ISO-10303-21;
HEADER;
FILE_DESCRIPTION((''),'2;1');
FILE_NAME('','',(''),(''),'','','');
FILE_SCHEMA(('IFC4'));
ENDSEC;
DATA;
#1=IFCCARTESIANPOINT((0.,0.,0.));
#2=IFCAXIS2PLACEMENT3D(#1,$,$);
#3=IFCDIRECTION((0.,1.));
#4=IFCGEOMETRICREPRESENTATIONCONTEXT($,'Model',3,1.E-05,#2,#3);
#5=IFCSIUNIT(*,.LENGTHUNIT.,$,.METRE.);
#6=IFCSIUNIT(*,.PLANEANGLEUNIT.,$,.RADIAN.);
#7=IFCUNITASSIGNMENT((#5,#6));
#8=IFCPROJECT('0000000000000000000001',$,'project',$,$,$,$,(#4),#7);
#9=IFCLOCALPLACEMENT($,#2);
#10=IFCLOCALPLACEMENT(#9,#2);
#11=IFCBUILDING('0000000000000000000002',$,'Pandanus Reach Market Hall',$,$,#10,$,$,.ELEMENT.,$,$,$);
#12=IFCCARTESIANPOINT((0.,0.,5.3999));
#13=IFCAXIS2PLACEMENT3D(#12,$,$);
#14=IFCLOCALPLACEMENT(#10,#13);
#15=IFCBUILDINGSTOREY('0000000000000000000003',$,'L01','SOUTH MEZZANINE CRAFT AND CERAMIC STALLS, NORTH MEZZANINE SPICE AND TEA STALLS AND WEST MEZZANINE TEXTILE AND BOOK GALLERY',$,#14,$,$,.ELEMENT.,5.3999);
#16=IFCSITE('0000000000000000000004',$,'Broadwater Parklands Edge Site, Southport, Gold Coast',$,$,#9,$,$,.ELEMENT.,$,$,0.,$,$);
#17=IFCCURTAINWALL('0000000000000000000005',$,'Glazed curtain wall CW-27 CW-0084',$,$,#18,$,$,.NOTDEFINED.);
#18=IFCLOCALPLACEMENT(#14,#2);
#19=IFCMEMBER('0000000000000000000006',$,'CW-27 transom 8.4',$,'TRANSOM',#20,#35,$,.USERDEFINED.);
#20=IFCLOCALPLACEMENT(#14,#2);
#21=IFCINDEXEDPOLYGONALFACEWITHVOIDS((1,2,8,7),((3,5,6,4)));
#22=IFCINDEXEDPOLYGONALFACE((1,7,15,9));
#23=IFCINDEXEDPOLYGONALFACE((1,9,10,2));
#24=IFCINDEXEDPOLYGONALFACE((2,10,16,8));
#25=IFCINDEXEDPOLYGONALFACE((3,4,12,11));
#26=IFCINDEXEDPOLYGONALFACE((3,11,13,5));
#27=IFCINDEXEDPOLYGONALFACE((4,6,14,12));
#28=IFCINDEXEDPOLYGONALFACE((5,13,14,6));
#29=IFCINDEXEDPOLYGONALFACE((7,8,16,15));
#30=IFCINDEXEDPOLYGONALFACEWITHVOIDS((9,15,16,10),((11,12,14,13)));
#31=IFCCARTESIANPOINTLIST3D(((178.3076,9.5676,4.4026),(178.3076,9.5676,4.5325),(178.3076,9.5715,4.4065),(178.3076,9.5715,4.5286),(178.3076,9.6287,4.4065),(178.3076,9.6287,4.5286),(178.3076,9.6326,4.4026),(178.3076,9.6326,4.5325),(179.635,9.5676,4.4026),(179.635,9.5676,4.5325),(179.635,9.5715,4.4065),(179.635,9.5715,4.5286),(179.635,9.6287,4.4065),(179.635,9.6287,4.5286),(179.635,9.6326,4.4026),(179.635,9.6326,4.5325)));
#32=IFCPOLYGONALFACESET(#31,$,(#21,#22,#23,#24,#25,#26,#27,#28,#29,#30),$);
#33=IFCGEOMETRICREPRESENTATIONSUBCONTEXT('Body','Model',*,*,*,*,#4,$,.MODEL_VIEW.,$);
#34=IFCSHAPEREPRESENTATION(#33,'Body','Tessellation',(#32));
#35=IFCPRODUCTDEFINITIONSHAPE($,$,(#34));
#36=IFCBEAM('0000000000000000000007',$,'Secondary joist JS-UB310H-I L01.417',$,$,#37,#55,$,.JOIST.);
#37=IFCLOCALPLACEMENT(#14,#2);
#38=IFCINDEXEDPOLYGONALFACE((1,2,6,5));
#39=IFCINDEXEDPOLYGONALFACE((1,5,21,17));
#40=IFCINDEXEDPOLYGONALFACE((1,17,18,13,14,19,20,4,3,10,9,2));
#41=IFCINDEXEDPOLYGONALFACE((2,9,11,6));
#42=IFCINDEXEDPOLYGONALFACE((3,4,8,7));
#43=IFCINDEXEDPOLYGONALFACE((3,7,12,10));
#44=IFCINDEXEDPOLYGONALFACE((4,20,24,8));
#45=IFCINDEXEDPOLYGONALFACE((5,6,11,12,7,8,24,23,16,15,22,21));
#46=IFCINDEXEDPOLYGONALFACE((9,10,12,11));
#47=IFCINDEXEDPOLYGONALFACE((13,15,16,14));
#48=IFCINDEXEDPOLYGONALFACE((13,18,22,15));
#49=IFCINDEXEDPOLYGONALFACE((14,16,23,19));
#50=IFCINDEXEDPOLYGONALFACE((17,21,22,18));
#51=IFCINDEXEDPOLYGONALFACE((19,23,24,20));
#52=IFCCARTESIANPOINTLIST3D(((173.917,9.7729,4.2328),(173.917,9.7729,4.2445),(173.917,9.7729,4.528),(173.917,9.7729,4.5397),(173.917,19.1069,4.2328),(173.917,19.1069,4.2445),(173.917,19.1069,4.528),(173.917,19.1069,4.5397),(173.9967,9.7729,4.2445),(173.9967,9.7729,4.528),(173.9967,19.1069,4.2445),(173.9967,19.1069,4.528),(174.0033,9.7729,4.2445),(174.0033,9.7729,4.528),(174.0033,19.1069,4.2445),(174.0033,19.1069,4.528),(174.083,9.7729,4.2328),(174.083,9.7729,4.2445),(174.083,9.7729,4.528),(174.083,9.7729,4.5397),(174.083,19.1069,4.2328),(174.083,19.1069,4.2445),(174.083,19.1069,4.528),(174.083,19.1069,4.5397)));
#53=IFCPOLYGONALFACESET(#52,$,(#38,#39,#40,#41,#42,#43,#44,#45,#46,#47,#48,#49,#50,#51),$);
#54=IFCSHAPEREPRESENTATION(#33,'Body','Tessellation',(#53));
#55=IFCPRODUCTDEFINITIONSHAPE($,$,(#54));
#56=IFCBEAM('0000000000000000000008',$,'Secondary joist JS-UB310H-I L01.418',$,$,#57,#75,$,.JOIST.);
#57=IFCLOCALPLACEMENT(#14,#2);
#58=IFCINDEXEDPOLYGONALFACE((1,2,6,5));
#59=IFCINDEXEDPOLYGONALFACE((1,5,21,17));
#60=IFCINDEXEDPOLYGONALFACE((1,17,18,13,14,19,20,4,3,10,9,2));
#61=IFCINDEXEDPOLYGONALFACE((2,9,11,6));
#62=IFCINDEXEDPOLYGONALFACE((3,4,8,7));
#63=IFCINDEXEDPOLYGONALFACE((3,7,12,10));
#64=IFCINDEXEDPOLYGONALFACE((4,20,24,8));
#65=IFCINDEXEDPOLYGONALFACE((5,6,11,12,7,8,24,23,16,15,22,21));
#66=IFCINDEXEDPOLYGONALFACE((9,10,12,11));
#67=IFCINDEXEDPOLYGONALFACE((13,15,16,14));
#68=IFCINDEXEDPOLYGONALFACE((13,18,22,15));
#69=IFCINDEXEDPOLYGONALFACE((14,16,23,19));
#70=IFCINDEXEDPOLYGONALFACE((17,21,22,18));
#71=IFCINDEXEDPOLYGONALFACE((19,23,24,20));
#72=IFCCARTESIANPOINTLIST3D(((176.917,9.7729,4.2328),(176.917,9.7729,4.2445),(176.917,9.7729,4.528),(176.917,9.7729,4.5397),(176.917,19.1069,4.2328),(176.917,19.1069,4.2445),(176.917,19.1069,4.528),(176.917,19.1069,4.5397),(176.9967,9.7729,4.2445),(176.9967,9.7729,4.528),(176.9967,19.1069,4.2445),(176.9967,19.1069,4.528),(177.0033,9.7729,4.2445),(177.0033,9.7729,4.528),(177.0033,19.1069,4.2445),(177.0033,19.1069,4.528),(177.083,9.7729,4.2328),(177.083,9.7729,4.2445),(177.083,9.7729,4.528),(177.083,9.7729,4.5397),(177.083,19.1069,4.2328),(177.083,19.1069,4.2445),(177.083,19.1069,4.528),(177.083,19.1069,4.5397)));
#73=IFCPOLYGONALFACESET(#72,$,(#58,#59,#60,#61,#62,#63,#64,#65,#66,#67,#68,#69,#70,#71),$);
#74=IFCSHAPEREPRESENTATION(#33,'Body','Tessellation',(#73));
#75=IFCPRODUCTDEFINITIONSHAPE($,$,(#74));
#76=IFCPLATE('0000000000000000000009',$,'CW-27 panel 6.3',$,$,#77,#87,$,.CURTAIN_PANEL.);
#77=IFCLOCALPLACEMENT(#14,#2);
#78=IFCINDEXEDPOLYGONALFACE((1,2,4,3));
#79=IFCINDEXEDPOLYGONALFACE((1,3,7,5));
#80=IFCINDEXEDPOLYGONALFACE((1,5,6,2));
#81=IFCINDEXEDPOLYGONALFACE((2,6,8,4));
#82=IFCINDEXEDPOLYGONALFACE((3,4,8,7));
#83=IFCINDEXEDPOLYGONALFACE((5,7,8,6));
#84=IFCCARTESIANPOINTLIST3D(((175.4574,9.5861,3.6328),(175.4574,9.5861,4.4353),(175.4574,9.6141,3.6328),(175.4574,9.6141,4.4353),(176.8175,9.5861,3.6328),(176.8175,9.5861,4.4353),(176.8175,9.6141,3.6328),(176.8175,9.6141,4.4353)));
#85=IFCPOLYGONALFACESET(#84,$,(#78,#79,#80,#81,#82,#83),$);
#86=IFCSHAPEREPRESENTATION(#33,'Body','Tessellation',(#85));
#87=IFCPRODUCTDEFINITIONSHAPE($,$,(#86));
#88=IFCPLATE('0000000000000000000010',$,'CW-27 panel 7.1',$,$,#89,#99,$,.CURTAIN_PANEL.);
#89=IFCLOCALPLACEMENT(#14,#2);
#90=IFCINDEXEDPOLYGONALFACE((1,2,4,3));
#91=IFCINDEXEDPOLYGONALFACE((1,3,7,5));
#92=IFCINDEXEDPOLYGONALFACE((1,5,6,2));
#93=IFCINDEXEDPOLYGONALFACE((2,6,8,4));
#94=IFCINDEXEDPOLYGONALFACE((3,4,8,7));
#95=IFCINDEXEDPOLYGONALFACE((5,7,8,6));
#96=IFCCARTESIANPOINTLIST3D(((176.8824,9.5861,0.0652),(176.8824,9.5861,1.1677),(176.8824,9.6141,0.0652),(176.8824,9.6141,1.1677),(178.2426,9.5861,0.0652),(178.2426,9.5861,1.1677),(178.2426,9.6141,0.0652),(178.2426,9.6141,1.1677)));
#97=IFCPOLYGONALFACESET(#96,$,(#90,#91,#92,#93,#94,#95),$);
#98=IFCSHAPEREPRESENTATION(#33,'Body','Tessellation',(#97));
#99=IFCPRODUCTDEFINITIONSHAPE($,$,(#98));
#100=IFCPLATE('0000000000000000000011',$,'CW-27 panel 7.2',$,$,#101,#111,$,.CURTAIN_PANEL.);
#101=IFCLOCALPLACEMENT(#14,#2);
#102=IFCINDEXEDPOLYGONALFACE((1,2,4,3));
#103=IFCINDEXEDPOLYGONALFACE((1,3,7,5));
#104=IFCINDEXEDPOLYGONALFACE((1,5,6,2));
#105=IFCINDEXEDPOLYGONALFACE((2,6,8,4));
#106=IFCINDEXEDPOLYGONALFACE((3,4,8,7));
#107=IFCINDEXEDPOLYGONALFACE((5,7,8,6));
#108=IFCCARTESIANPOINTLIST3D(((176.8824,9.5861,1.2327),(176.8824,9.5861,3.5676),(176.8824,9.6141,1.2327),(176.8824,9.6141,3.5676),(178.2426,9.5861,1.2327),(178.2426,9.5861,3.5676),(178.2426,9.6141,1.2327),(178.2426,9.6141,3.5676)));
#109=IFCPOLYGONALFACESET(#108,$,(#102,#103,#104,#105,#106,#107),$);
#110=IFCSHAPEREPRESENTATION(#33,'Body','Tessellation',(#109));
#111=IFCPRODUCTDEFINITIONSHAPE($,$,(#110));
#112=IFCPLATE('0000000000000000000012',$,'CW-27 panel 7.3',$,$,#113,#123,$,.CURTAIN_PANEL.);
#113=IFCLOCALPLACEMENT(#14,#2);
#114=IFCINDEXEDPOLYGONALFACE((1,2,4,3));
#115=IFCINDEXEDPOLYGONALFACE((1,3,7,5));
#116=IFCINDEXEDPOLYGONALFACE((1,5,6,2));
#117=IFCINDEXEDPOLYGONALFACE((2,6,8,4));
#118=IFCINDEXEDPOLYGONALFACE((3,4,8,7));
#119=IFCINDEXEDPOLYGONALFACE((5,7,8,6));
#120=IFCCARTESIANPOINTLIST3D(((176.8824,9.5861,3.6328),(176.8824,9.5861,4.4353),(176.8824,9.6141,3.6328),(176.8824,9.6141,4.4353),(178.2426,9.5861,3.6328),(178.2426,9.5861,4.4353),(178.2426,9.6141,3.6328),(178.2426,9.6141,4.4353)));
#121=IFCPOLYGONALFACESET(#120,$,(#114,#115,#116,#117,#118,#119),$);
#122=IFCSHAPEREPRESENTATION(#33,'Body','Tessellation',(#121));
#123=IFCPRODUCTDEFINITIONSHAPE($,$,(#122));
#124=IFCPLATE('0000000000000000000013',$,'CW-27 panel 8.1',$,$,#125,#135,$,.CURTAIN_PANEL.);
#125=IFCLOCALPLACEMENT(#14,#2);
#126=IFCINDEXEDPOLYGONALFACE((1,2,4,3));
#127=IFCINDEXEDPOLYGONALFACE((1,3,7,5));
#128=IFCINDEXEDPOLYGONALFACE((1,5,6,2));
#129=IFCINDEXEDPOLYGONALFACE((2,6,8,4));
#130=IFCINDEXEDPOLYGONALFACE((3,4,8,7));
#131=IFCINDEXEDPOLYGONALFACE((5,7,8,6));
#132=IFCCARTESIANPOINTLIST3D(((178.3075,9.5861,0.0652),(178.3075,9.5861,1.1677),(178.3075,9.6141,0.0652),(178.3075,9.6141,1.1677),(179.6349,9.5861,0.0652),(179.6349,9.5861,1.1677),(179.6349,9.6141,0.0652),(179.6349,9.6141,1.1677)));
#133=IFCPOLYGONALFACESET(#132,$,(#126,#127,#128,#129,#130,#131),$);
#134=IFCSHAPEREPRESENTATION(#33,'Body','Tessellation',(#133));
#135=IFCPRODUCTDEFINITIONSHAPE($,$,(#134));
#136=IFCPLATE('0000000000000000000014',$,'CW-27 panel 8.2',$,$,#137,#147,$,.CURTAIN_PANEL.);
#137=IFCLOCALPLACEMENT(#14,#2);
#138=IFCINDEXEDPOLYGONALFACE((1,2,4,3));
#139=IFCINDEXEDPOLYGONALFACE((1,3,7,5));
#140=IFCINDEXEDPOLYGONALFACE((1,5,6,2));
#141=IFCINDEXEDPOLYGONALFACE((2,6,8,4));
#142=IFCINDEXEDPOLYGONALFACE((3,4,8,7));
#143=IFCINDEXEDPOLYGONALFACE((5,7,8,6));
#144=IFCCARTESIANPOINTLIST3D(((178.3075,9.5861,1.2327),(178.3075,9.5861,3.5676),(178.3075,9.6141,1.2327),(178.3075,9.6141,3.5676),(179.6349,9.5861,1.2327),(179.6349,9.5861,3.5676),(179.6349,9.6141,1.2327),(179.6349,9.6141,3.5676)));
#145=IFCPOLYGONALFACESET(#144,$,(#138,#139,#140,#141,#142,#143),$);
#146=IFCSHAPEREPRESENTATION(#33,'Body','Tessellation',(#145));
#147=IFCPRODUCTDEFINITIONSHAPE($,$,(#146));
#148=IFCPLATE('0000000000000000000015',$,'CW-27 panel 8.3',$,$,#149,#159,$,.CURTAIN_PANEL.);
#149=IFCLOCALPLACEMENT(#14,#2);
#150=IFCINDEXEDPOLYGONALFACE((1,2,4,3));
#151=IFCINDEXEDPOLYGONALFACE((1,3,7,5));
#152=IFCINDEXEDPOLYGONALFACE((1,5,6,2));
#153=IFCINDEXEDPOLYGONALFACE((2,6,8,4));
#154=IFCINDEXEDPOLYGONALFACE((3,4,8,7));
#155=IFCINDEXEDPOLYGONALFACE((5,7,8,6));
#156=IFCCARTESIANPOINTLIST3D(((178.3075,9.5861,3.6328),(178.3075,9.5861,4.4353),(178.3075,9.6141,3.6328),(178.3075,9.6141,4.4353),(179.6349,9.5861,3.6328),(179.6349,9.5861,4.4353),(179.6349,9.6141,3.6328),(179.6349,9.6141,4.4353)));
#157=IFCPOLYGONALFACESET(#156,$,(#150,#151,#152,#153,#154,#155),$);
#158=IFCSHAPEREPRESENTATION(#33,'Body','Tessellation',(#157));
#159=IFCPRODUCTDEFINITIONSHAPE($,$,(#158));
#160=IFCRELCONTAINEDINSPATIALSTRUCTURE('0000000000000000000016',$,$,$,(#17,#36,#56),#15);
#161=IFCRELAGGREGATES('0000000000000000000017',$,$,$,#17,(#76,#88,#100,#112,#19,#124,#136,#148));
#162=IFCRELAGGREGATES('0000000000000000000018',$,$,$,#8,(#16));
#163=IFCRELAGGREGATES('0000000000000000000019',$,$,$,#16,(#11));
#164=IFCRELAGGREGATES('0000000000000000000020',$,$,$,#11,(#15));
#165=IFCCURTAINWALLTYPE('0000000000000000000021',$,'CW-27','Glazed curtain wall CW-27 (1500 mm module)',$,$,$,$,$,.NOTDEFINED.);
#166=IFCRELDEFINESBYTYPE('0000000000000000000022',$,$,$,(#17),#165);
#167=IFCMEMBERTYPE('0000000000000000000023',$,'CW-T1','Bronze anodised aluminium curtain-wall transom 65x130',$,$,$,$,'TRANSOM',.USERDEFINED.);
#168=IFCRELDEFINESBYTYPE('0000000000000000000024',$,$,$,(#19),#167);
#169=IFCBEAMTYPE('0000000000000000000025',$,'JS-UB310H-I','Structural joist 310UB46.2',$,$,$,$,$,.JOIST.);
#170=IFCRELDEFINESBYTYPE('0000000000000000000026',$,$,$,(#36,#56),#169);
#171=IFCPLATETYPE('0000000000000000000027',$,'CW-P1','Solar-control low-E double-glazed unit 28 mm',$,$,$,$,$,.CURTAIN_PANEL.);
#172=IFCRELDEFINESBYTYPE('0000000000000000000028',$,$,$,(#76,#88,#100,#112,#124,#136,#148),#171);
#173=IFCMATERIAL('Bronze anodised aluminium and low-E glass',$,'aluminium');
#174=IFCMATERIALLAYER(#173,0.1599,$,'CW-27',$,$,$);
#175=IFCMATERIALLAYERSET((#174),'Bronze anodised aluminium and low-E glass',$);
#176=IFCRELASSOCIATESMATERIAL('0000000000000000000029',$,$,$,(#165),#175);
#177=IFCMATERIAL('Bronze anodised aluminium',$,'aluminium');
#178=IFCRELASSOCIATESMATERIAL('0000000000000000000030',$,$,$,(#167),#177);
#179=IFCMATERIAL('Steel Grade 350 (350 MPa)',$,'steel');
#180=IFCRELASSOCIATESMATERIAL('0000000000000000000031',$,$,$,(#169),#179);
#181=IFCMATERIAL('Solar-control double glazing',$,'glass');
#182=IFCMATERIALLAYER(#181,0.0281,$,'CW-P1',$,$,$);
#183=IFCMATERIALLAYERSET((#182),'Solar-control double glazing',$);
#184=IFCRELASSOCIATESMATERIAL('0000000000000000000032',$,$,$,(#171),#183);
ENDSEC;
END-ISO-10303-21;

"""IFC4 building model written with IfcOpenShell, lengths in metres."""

from ifc_helpers import new_model, si_unit, direction, frame, origin, origin_2d, place, context, subcontext, project, spatial, rectangle, hollow_rectangle, i_section, extrude, material, layer, layer_set, material_profile, profile_set, type_object, element, aggregate, save


model = new_model("IFC4")

# Units and contexts
model_context = context("Model", 3, precision=1e-05, world=origin(), true_north=direction((0.0, 1.0)))
body_context = subcontext(model_context, "Body", "Model", "MODEL_VIEW")
ifc_project = project(units=[si_unit("LENGTHUNIT", "METRE"), si_unit("PLANEANGLEUNIT", "RADIAN")], contexts=[model_context])

# Site, building, storey
site_placement = place(None, origin())
site = spatial("IfcSite", under=ifc_project, at=site_placement, Name="Broadwater Parklands Edge Site, Southport, Gold Coast", CompositionType="ELEMENT", RefElevation=0.0)
building_placement = place(site_placement, origin())
building = spatial("IfcBuilding", under=site, at=building_placement, Name="Pandanus Reach Market Hall", CompositionType="ELEMENT")
storey_placement = place(building_placement, frame((0.0, 0.0, 5.3999)))
storey = spatial("IfcBuildingStorey", under=building, at=storey_placement, Name="L01", Description="SOUTH MEZZANINE CRAFT AND CERAMIC STALLS, NORTH MEZZANINE SPICE AND TEA STALLS AND WEST MEZZANINE TEXTILE AND BOOK GALLERY", CompositionType="ELEMENT", Elevation=5.3999)

# Curtain wall, member
ifc_material_1 = material(Name="Bronze anodised aluminium and low-E glass", Category="aluminium")
ifc_layer_1 = layer(ifc_material_1, 0.1599, Name="CW-27")
ifc_layer_set_1 = layer_set([ifc_layer_1], Name="Bronze anodised aluminium and low-E glass")
curtain_wall_type = type_object("IfcCurtainWallType", Name="CW-27", Description="Glazed curtain wall CW-27 (1500 mm module)", PredefinedType="NOTDEFINED", material=ifc_layer_set_1)
curtain_wall_placement = place(storey_placement, origin())
curtain_wall = element("IfcCurtainWall", 1, at=curtain_wall_placement, inside=storey, type_object=curtain_wall_type, Name="Glazed curtain wall CW-27 CW-0084", PredefinedType="NOTDEFINED")
ifc_material_2 = material(Name="Bronze anodised aluminium", Category="aluminium")
ifc_material_profile_1 = material_profile(ifc_material_2, hollow_rectangle(XDim=0.0649, YDim=0.1299, WallThickness=0.0039, at=origin_2d()), Name="ALU65x130", Category="LoadBearing")
ifc_profile_set_1 = profile_set([ifc_material_profile_1], Name="Bronze anodised aluminium")
member_type_1 = type_object("IfcMemberType", Name="CW-T1", Description="Bronze anodised aluminium curtain-wall transom 65x130", ElementType="TRANSOM", PredefinedType="USERDEFINED", material=ifc_profile_set_1)
member_1_placement = place(storey_placement, frame((178.3076, 9.6001, 4.4675), z_axis=(1.0, 0.0, 0.0), x_axis=(0.0, 1.0, 0.0)))
member_1 = element("IfcMember", 2, at=member_1_placement, type_object=member_type_1, Name="CW-27 transom 8.4", ObjectType="TRANSOM", PredefinedType="USERDEFINED", context=body_context, shape_type="SweptSolid", body=[
    extrude(hollow_rectangle(XDim=0.0649, YDim=0.1299, WallThickness=0.0039, at=origin_2d()), origin(), (0.0, 0.0, 1.0), 1.3274),
])

# Beams
ifc_material_3 = material(Name="Steel Grade 350 (350 MPa)", Category="steel")
ifc_material_profile_2 = material_profile(ifc_material_3, i_section(OverallWidth=0.166, OverallDepth=0.3069, WebThickness=0.0066, FlangeThickness=0.0117, at=origin_2d()), Name="310UB46.2", Category="LoadBearing")
ifc_profile_set_2 = profile_set([ifc_material_profile_2], Name="Steel Grade 350 (350 MPa)")
beam_type = type_object("IfcBeamType", Name="JS-UB310H-I", Description="Structural joist 310UB46.2", PredefinedType="JOIST", material=ifc_profile_set_2)
for number, where, z_axis, x_axis, name in (
    (3, (174.0, 9.7729, 4.3862), (0.0, 1.0, 0.0), (-1.0, 0.0, 0.0), "Secondary joist JS-UB310H-I L01.417"),
    (4, (177.0, 9.7729, 4.3862), (0.0, 1.0, 0.0), (-1.0, 0.0, 0.0), "Secondary joist JS-UB310H-I L01.418"),
):
    element("IfcBeam", number, at=place(storey_placement, frame(where, z_axis=z_axis, x_axis=x_axis)), inside=storey, type_object=beam_type, Name=name, PredefinedType="JOIST", context=body_context, shape_type="SweptSolid", body=[
        extrude(i_section(OverallWidth=0.166, OverallDepth=0.3069, WebThickness=0.0066, FlangeThickness=0.0117, at=origin_2d()), origin(), (0.0, 0.0, 1.0), 9.334),
    ])

# Plates
ifc_material_4 = material(Name="Solar-control double glazing", Category="glass")
ifc_layer_2 = layer(ifc_material_4, 0.0281, Name="CW-P1")
ifc_layer_set_2 = layer_set([ifc_layer_2], Name="Solar-control double glazing")
plate_type = type_object("IfcPlateType", Name="CW-P1", Description="Solar-control low-E double-glazed unit 28 mm", PredefinedType="CURTAIN_PANEL", material=ifc_layer_set_2)
plate_1_placement = place(storey_placement, frame((176.1375, 9.6001, 3.6328), z_axis=(0.0, 0.0, 1.0), x_axis=(1.0, 0.0, 0.0)))
plate_1 = element("IfcPlate", 5, at=plate_1_placement, type_object=plate_type, Name="CW-27 panel 6.3", PredefinedType="CURTAIN_PANEL", context=body_context, shape_type="SweptSolid", body=[
    extrude(rectangle(XDim=1.3601, YDim=0.0281, at=origin_2d()), origin(), (0.0, 0.0, 1.0), 0.8025),
])
plate_2_placement = place(storey_placement, frame((177.5625, 9.6001, 0.0652), z_axis=(0.0, 0.0, 1.0), x_axis=(1.0, 0.0, 0.0)))
plate_2 = element("IfcPlate", 6, at=plate_2_placement, type_object=plate_type, Name="CW-27 panel 7.1", PredefinedType="CURTAIN_PANEL", context=body_context, shape_type="SweptSolid", body=[
    extrude(rectangle(XDim=1.3601, YDim=0.0281, at=origin_2d()), origin(), (0.0, 0.0, 1.0), 1.1025),
])
plate_3_placement = place(storey_placement, frame((177.5625, 9.6001, 1.2327), z_axis=(0.0, 0.0, 1.0), x_axis=(1.0, 0.0, 0.0)))
plate_3 = element("IfcPlate", 7, at=plate_3_placement, type_object=plate_type, Name="CW-27 panel 7.2", PredefinedType="CURTAIN_PANEL", context=body_context, shape_type="SweptSolid", body=[
    extrude(rectangle(XDim=1.3601, YDim=0.0281, at=origin_2d()), origin(), (0.0, 0.0, 1.0), 2.335),
])
plate_4_placement = place(storey_placement, frame((177.5625, 9.6001, 3.6328), z_axis=(0.0, 0.0, 1.0), x_axis=(1.0, 0.0, 0.0)))
plate_4 = element("IfcPlate", 8, at=plate_4_placement, type_object=plate_type, Name="CW-27 panel 7.3", PredefinedType="CURTAIN_PANEL", context=body_context, shape_type="SweptSolid", body=[
    extrude(rectangle(XDim=1.3601, YDim=0.0281, at=origin_2d()), origin(), (0.0, 0.0, 1.0), 0.8025),
])
plate_5_placement = place(storey_placement, frame((178.9712, 9.6001, 0.0652), z_axis=(0.0, 0.0, 1.0), x_axis=(1.0, 0.0, 0.0)))
plate_5 = element("IfcPlate", 9, at=plate_5_placement, type_object=plate_type, Name="CW-27 panel 8.1", PredefinedType="CURTAIN_PANEL", context=body_context, shape_type="SweptSolid", body=[
    extrude(rectangle(XDim=1.3274, YDim=0.0281, at=origin_2d()), origin(), (0.0, 0.0, 1.0), 1.1025),
])
plate_6_placement = place(storey_placement, frame((178.9712, 9.6001, 1.2327), z_axis=(0.0, 0.0, 1.0), x_axis=(1.0, 0.0, 0.0)))
plate_6 = element("IfcPlate", 10, at=plate_6_placement, type_object=plate_type, Name="CW-27 panel 8.2", PredefinedType="CURTAIN_PANEL", context=body_context, shape_type="SweptSolid", body=[
    extrude(rectangle(XDim=1.3274, YDim=0.0281, at=origin_2d()), origin(), (0.0, 0.0, 1.0), 2.335),
])
plate_7_placement = place(storey_placement, frame((178.9712, 9.6001, 3.6328), z_axis=(0.0, 0.0, 1.0), x_axis=(1.0, 0.0, 0.0)))
plate_7 = element("IfcPlate", 11, at=plate_7_placement, type_object=plate_type, Name="CW-27 panel 8.3", PredefinedType="CURTAIN_PANEL", context=body_context, shape_type="SweptSolid", body=[
    extrude(rectangle(XDim=1.3274, YDim=0.0281, at=origin_2d()), origin(), (0.0, 0.0, 1.0), 0.8025),
])
aggregate(curtain_wall, [plate_1, plate_2, plate_3, plate_4, member_1, plate_5, plate_6, plate_7])

save(model, "model.ifc")
